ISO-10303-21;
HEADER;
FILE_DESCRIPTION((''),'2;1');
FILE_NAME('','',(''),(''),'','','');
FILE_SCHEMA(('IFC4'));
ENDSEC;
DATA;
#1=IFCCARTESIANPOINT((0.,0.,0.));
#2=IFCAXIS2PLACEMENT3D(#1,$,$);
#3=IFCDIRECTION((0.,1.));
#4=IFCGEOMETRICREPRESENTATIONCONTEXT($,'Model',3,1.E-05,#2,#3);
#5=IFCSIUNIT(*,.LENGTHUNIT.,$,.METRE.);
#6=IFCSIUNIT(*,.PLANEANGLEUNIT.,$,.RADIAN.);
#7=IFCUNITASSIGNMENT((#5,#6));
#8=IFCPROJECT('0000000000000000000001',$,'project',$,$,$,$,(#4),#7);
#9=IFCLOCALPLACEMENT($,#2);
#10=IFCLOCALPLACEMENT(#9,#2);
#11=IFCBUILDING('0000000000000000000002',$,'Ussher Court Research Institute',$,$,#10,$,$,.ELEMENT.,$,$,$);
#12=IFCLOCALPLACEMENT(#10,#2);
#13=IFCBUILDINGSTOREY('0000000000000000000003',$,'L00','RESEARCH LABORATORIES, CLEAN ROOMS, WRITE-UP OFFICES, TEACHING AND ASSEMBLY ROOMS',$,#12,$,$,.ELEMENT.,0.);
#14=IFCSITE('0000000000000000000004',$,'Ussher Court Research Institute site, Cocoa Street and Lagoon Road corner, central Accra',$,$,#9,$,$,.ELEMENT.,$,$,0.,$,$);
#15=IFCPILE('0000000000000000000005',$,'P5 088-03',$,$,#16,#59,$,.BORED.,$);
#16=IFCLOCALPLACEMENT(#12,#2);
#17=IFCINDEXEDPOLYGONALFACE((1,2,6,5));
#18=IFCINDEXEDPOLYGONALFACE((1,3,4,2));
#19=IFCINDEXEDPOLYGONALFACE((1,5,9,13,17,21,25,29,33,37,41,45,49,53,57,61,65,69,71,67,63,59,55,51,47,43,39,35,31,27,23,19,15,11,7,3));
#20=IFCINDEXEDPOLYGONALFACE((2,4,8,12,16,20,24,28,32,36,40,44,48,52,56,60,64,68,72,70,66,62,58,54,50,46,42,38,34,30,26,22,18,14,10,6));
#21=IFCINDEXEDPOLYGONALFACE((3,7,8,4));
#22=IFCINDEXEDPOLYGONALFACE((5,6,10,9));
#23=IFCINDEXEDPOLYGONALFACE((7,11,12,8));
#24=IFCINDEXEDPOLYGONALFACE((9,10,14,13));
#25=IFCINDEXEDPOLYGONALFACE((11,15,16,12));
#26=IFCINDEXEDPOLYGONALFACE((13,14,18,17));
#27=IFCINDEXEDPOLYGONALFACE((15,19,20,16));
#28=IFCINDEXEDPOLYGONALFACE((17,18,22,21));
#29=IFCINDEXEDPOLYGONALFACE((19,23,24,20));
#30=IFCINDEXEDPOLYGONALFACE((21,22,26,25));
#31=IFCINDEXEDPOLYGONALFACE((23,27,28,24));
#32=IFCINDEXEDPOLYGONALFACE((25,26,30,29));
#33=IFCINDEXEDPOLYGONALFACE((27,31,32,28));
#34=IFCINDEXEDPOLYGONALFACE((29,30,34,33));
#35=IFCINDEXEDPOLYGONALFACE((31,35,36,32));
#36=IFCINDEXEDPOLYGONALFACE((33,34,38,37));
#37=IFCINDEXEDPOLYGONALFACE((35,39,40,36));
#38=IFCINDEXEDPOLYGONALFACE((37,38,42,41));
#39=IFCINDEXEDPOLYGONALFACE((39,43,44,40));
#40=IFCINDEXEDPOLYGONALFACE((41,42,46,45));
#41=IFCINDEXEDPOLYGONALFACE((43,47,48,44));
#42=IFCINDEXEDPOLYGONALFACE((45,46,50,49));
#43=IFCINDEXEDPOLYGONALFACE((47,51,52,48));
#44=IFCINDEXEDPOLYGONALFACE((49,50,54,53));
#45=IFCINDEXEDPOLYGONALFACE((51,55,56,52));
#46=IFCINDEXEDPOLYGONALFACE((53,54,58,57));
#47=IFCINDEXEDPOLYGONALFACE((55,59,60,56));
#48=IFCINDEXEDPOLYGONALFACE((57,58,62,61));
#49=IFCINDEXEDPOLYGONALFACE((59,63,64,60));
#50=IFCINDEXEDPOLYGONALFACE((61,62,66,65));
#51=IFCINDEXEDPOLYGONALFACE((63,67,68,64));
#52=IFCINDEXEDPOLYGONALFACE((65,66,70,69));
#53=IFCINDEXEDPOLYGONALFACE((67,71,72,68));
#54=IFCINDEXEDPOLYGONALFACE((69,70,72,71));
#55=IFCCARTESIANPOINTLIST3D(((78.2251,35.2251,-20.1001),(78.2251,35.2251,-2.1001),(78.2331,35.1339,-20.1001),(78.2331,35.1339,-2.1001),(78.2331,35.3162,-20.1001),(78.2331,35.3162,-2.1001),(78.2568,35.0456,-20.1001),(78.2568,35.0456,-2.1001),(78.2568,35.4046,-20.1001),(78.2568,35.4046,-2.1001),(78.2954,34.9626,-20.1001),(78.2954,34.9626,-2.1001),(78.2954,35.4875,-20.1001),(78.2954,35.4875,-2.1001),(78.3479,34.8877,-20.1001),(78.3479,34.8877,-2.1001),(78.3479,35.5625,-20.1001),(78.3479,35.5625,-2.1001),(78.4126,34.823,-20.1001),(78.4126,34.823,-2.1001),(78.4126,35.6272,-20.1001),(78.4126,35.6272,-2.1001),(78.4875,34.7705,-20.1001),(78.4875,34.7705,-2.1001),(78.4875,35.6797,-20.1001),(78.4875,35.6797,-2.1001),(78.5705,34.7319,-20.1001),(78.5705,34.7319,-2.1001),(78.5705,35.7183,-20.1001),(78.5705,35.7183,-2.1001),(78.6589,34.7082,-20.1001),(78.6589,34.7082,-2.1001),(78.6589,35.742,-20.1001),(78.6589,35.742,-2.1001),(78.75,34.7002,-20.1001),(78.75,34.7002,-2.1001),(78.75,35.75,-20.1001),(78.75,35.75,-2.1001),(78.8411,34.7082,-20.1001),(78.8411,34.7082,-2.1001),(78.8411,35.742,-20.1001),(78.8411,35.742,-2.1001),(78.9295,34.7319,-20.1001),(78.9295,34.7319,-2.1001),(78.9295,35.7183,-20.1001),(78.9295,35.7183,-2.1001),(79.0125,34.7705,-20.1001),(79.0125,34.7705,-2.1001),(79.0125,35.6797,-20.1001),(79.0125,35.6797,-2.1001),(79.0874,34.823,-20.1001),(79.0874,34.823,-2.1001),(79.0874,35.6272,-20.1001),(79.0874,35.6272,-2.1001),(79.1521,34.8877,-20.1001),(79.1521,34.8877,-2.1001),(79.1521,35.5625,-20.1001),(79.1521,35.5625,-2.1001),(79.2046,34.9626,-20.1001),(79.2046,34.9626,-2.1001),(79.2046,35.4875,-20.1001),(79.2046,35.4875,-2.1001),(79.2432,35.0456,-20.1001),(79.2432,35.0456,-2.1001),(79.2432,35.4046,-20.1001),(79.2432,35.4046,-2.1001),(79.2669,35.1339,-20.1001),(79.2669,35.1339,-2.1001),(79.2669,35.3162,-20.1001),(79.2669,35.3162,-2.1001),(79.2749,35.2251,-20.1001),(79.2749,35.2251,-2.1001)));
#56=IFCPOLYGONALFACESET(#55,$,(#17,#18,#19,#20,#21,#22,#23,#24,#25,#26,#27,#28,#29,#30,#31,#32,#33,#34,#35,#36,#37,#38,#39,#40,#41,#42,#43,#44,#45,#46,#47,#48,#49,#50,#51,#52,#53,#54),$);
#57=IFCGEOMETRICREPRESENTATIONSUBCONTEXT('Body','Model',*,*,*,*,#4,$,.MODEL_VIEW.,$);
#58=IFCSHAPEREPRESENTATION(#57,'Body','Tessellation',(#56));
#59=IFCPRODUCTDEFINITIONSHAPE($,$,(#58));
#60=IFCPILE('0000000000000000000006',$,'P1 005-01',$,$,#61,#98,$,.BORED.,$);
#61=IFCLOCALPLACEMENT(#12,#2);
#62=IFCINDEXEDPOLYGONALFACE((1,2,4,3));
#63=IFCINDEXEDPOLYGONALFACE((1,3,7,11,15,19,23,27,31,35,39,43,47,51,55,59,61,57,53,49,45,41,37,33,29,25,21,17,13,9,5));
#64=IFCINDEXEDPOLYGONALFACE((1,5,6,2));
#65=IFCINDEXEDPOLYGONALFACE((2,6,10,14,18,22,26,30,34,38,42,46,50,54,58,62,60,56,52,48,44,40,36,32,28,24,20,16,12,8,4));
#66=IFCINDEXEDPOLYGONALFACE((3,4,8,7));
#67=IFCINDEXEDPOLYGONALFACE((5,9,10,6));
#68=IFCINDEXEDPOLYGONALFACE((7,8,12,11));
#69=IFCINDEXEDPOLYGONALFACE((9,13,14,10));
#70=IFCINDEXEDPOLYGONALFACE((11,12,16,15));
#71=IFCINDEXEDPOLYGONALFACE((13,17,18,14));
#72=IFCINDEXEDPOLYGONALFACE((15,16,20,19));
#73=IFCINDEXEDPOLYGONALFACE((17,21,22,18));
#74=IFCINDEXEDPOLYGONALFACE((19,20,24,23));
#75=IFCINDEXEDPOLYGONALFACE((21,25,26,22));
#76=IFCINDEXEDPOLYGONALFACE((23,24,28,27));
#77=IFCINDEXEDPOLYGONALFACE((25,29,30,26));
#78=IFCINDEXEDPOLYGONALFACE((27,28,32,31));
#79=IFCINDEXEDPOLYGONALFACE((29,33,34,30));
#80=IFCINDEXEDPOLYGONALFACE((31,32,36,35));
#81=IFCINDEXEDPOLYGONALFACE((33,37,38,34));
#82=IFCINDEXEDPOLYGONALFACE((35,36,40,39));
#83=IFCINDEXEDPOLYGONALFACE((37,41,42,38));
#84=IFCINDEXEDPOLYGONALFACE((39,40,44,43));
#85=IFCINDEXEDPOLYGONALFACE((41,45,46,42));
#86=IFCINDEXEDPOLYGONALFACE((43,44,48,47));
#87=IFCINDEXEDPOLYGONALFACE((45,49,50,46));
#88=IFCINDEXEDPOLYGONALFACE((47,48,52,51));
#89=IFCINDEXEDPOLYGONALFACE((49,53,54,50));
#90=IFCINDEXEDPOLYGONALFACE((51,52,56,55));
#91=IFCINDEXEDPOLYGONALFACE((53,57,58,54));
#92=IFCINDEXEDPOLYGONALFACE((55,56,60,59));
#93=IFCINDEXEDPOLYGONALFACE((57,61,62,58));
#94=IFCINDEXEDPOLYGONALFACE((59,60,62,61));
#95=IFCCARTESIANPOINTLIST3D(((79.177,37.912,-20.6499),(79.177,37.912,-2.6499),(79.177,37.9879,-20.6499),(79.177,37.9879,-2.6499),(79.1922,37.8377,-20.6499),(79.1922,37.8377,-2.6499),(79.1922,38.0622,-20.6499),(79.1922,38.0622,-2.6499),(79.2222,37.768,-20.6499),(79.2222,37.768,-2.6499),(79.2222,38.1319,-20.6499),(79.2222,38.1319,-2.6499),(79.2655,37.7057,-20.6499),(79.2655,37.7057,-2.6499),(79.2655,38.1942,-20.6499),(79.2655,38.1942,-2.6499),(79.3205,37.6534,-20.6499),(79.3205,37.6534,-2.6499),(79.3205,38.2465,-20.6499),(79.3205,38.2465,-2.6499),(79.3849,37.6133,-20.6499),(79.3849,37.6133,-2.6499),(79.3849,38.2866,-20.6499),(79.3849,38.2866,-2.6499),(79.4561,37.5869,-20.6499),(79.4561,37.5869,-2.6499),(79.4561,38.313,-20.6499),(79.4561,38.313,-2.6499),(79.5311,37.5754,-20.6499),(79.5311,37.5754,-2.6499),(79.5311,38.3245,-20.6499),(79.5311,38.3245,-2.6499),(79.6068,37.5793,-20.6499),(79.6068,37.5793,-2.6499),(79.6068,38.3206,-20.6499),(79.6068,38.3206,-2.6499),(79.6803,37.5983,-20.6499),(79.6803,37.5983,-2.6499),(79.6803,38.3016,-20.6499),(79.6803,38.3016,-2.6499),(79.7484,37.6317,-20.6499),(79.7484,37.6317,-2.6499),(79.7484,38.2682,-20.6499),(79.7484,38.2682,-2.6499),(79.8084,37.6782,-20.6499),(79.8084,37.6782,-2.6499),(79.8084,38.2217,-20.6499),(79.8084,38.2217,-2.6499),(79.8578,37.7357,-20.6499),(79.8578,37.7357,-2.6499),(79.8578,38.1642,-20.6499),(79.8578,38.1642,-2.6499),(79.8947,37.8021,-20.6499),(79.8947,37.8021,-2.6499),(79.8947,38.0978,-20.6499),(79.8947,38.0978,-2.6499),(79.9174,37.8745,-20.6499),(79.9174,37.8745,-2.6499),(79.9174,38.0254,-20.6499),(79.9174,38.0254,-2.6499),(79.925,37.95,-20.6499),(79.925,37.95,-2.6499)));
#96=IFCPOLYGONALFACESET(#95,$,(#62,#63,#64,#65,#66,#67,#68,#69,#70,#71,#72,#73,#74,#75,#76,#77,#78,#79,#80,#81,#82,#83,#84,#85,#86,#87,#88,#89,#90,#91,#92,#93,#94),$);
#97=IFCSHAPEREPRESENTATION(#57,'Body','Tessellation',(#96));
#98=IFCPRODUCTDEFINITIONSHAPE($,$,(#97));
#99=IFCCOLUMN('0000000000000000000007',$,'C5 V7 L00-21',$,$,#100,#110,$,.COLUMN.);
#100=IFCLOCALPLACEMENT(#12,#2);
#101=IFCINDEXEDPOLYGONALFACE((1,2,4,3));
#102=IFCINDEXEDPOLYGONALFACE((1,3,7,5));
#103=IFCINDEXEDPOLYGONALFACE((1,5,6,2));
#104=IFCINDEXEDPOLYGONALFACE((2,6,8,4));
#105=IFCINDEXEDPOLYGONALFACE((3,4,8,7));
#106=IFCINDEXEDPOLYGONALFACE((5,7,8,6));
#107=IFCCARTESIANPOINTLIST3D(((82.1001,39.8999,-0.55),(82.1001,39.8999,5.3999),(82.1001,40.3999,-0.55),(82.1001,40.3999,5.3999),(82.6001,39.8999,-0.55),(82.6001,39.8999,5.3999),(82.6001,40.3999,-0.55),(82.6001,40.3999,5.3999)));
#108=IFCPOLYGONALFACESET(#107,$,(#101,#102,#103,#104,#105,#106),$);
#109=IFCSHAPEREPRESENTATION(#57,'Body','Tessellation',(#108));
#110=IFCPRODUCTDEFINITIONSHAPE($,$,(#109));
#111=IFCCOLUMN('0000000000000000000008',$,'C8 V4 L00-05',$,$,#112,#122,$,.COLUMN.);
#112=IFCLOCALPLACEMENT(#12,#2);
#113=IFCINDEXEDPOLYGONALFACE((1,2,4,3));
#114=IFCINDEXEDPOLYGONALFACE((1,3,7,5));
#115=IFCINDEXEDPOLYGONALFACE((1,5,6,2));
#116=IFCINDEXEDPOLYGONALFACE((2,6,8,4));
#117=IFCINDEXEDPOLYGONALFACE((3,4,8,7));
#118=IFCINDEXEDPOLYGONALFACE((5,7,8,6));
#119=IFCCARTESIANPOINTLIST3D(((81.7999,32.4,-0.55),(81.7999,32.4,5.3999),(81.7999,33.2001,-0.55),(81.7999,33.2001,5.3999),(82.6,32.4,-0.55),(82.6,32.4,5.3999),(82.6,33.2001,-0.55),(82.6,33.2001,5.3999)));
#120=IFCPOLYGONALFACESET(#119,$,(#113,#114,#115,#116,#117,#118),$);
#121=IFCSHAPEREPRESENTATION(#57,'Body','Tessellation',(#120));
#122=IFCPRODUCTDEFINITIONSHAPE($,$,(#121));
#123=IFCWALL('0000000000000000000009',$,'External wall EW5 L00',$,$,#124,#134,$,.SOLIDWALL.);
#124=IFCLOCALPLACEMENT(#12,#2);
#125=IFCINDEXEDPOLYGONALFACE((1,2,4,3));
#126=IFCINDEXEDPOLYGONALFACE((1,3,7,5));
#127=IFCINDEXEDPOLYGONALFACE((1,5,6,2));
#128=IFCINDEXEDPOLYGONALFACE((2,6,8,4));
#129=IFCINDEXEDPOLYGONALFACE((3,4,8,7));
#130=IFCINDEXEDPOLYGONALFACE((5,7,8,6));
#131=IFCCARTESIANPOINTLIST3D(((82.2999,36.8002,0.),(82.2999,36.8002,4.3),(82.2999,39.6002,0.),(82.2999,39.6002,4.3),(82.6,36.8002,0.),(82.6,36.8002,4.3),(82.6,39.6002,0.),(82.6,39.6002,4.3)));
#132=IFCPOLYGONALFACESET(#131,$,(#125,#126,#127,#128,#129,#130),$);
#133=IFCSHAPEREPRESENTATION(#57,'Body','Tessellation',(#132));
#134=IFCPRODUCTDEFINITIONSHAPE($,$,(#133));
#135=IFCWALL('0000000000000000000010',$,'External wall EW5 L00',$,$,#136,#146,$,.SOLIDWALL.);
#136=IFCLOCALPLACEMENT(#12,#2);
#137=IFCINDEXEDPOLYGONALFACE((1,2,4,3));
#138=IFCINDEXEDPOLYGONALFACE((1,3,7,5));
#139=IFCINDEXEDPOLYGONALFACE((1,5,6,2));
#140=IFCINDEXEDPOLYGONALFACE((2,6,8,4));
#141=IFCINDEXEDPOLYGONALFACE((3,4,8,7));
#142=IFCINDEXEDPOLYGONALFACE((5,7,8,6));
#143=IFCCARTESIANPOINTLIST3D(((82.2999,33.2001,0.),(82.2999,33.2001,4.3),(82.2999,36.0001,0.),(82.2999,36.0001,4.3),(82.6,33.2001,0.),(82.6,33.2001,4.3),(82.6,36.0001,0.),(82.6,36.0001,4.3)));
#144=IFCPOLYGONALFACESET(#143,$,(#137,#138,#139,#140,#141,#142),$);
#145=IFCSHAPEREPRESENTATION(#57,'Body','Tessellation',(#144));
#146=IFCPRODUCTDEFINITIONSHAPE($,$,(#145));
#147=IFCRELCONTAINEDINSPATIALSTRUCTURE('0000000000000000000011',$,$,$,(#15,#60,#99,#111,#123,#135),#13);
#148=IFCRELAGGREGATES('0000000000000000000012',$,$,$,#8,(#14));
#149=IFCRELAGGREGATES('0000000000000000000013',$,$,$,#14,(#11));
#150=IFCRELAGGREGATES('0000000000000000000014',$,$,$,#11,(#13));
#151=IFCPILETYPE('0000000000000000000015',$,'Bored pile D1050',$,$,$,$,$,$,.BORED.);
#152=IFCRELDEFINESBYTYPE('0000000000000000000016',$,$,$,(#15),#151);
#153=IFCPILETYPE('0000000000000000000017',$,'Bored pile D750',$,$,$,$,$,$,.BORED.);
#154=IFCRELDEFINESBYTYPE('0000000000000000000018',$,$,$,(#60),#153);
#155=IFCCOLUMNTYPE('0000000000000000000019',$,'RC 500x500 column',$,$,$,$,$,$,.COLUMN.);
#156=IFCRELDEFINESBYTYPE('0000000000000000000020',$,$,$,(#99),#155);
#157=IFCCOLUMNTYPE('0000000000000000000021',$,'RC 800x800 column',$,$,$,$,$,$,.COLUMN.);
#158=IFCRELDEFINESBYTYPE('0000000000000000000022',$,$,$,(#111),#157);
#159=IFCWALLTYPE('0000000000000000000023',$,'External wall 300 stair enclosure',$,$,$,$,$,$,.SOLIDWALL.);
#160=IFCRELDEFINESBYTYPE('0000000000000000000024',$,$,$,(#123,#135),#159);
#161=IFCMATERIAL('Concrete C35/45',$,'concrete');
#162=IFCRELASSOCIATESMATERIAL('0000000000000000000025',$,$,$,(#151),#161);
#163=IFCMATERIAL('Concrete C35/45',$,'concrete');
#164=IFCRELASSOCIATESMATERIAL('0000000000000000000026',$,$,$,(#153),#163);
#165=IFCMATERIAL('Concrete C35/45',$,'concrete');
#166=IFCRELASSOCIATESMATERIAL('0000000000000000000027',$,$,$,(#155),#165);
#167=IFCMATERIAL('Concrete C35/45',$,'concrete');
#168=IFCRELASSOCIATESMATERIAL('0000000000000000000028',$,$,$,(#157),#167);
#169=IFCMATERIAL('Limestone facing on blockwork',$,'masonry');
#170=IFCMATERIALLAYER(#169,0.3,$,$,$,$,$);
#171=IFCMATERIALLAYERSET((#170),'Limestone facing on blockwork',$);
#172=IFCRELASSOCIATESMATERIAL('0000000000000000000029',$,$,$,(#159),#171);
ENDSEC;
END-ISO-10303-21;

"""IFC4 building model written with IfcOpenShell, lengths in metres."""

from ifc_helpers import new_model, si_unit, direction, frame, frame_2d, origin, origin_2d, place, context, subcontext, project, spatial, rectangle, circle, extrude, material, layer, layer_set, material_profile, profile_set, type_object, element, save


model = new_model("IFC4")

# Units and contexts
model_context = context("Model", 3, precision=1e-05, world=origin(), true_north=direction((0.0, 1.0)))
body_context = subcontext(model_context, "Body", "Model", "MODEL_VIEW")
ifc_project = project(units=[si_unit("LENGTHUNIT", "METRE"), si_unit("PLANEANGLEUNIT", "RADIAN")], contexts=[model_context])

# Site, building, storey
site_placement = place(None, origin())
site = spatial("IfcSite", under=ifc_project, at=site_placement, Name="Ussher Court Research Institute site, Cocoa Street and Lagoon Road corner, central Accra", CompositionType="ELEMENT", RefElevation=0.0)
building_placement = place(site_placement, origin())
building = spatial("IfcBuilding", under=site, at=building_placement, Name="Ussher Court Research Institute", CompositionType="ELEMENT")
storey_placement = place(building_placement, origin())
storey = spatial("IfcBuildingStorey", under=building, at=storey_placement, Name="L00", Description="RESEARCH LABORATORIES, CLEAN ROOMS, WRITE-UP OFFICES, TEACHING AND ASSEMBLY ROOMS", CompositionType="ELEMENT", Elevation=0.0)

# Piles
ifc_material_1 = material(Name="Concrete C35/45", Category="concrete")
ifc_material_profile_1 = material_profile(ifc_material_1, circle(Radius=0.5249, at=origin_2d()), Name="RC D1050")
ifc_profile_set_1 = profile_set([ifc_material_profile_1], Name="Concrete C35/45")
pile_type_1 = type_object("IfcPileType", Name="Bored pile D1050", PredefinedType="BORED", material=ifc_profile_set_1)
pile_1_placement = place(storey_placement, frame((78.75, 35.2251, -2.1001), z_axis=(0.0, 0.0, -1.0), x_axis=(1.0, 0.0, 0.0)))
element("IfcPile", 1, at=pile_1_placement, inside=storey, type_object=pile_type_1, Name="P5 088-03", PredefinedType="BORED", context=body_context, shape_type="SweptSolid", body=[
    extrude(circle(Radius=0.5249, at=origin_2d()), origin(), (0.0, 0.0, 1.0), 18.0),
])
ifc_material_2 = material(Name="Concrete C35/45", Category="concrete")
ifc_material_profile_2 = material_profile(ifc_material_2, circle(Radius=0.375, at=origin_2d()), Name="RC D750")
ifc_profile_set_2 = profile_set([ifc_material_profile_2], Name="Concrete C35/45")
pile_type_2 = type_object("IfcPileType", Name="Bored pile D750", PredefinedType="BORED", material=ifc_profile_set_2)
pile_2_placement = place(storey_placement, frame((79.55, 37.95, -2.6499), z_axis=(0.0, 0.0, -1.0), x_axis=(1.0, 0.0, 0.0)))
element("IfcPile", 2, at=pile_2_placement, inside=storey, type_object=pile_type_2, Name="P1 005-01", PredefinedType="BORED", context=body_context, shape_type="SweptSolid", body=[
    extrude(circle(Radius=0.375, at=origin_2d()), origin(), (0.0, 0.0, 1.0), 18.0),
])

# Columns
ifc_material_3 = material(Name="Concrete C35/45", Category="concrete")
ifc_material_profile_3 = material_profile(ifc_material_3, rectangle(XDim=0.5, YDim=0.5, at=origin_2d()), Name="RC 500x500")
ifc_profile_set_3 = profile_set([ifc_material_profile_3], Name="Concrete C35/45")
column_type_1 = type_object("IfcColumnType", Name="RC 500x500 column", PredefinedType="COLUMN", material=ifc_profile_set_3)
column_1_placement = place(storey_placement, frame((82.3501, 40.1499, -0.55), z_axis=(0.0, 0.0, 1.0), x_axis=(1.0, 0.0, 0.0)))
element("IfcColumn", 3, at=column_1_placement, inside=storey, type_object=column_type_1, Name="C5 V7 L00-21", PredefinedType="COLUMN", context=body_context, shape_type="SweptSolid", body=[
    extrude(rectangle(XDim=0.5, YDim=0.5, at=origin_2d()), origin(), (0.0, 0.0, 1.0), 5.95),
])
ifc_material_4 = material(Name="Concrete C35/45", Category="concrete")
ifc_material_profile_4 = material_profile(ifc_material_4, rectangle(XDim=0.8, YDim=0.8, at=origin_2d()), Name="RC 800x800")
ifc_profile_set_4 = profile_set([ifc_material_profile_4], Name="Concrete C35/45")
column_type_2 = type_object("IfcColumnType", Name="RC 800x800 column", PredefinedType="COLUMN", material=ifc_profile_set_4)
column_2_placement = place(storey_placement, frame((82.2, 32.8, -0.55), z_axis=(0.0, 0.0, 1.0), x_axis=(1.0, 0.0, 0.0)))
element("IfcColumn", 4, at=column_2_placement, inside=storey, type_object=column_type_2, Name="C8 V4 L00-05", PredefinedType="COLUMN", context=body_context, shape_type="SweptSolid", body=[
    extrude(rectangle(XDim=0.8, YDim=0.8, at=origin_2d()), origin(), (0.0, 0.0, 1.0), 5.95),
])

# Walls
ifc_material_5 = material(Name="Limestone facing on blockwork", Category="masonry")
ifc_layer_1 = layer(ifc_material_5, 0.3)
ifc_layer_set_1 = layer_set([ifc_layer_1], Name="Limestone facing on blockwork")
wall_type_1 = type_object("IfcWallType", Name="External wall 300 stair enclosure", PredefinedType="SOLIDWALL", material=ifc_layer_set_1)
for number, where, z_axis, x_axis, name in (
    (5, (82.45, 39.6001, 0.0), (0.0, 0.0, 1.0), (0.0, -1.0, 0.0), "External wall EW5 L00"),
    (6, (82.45, 36.0, 0.0), (0.0, 0.0, 1.0), (0.0, -1.0, 0.0), "External wall EW5 L00"),
):
    element("IfcWall", number, at=place(storey_placement, frame(where, z_axis=z_axis, x_axis=x_axis)), inside=storey, type_object=wall_type_1, Name=name, PredefinedType="SOLIDWALL", context=body_context, shape_type="SweptSolid", body=[
        extrude(rectangle(XDim=2.8, YDim=0.3, at=frame_2d((1.3999, 0.0))), origin(), (0.0, 0.0, 1.0), 4.3),
    ])

save(model, "model.ifc")
